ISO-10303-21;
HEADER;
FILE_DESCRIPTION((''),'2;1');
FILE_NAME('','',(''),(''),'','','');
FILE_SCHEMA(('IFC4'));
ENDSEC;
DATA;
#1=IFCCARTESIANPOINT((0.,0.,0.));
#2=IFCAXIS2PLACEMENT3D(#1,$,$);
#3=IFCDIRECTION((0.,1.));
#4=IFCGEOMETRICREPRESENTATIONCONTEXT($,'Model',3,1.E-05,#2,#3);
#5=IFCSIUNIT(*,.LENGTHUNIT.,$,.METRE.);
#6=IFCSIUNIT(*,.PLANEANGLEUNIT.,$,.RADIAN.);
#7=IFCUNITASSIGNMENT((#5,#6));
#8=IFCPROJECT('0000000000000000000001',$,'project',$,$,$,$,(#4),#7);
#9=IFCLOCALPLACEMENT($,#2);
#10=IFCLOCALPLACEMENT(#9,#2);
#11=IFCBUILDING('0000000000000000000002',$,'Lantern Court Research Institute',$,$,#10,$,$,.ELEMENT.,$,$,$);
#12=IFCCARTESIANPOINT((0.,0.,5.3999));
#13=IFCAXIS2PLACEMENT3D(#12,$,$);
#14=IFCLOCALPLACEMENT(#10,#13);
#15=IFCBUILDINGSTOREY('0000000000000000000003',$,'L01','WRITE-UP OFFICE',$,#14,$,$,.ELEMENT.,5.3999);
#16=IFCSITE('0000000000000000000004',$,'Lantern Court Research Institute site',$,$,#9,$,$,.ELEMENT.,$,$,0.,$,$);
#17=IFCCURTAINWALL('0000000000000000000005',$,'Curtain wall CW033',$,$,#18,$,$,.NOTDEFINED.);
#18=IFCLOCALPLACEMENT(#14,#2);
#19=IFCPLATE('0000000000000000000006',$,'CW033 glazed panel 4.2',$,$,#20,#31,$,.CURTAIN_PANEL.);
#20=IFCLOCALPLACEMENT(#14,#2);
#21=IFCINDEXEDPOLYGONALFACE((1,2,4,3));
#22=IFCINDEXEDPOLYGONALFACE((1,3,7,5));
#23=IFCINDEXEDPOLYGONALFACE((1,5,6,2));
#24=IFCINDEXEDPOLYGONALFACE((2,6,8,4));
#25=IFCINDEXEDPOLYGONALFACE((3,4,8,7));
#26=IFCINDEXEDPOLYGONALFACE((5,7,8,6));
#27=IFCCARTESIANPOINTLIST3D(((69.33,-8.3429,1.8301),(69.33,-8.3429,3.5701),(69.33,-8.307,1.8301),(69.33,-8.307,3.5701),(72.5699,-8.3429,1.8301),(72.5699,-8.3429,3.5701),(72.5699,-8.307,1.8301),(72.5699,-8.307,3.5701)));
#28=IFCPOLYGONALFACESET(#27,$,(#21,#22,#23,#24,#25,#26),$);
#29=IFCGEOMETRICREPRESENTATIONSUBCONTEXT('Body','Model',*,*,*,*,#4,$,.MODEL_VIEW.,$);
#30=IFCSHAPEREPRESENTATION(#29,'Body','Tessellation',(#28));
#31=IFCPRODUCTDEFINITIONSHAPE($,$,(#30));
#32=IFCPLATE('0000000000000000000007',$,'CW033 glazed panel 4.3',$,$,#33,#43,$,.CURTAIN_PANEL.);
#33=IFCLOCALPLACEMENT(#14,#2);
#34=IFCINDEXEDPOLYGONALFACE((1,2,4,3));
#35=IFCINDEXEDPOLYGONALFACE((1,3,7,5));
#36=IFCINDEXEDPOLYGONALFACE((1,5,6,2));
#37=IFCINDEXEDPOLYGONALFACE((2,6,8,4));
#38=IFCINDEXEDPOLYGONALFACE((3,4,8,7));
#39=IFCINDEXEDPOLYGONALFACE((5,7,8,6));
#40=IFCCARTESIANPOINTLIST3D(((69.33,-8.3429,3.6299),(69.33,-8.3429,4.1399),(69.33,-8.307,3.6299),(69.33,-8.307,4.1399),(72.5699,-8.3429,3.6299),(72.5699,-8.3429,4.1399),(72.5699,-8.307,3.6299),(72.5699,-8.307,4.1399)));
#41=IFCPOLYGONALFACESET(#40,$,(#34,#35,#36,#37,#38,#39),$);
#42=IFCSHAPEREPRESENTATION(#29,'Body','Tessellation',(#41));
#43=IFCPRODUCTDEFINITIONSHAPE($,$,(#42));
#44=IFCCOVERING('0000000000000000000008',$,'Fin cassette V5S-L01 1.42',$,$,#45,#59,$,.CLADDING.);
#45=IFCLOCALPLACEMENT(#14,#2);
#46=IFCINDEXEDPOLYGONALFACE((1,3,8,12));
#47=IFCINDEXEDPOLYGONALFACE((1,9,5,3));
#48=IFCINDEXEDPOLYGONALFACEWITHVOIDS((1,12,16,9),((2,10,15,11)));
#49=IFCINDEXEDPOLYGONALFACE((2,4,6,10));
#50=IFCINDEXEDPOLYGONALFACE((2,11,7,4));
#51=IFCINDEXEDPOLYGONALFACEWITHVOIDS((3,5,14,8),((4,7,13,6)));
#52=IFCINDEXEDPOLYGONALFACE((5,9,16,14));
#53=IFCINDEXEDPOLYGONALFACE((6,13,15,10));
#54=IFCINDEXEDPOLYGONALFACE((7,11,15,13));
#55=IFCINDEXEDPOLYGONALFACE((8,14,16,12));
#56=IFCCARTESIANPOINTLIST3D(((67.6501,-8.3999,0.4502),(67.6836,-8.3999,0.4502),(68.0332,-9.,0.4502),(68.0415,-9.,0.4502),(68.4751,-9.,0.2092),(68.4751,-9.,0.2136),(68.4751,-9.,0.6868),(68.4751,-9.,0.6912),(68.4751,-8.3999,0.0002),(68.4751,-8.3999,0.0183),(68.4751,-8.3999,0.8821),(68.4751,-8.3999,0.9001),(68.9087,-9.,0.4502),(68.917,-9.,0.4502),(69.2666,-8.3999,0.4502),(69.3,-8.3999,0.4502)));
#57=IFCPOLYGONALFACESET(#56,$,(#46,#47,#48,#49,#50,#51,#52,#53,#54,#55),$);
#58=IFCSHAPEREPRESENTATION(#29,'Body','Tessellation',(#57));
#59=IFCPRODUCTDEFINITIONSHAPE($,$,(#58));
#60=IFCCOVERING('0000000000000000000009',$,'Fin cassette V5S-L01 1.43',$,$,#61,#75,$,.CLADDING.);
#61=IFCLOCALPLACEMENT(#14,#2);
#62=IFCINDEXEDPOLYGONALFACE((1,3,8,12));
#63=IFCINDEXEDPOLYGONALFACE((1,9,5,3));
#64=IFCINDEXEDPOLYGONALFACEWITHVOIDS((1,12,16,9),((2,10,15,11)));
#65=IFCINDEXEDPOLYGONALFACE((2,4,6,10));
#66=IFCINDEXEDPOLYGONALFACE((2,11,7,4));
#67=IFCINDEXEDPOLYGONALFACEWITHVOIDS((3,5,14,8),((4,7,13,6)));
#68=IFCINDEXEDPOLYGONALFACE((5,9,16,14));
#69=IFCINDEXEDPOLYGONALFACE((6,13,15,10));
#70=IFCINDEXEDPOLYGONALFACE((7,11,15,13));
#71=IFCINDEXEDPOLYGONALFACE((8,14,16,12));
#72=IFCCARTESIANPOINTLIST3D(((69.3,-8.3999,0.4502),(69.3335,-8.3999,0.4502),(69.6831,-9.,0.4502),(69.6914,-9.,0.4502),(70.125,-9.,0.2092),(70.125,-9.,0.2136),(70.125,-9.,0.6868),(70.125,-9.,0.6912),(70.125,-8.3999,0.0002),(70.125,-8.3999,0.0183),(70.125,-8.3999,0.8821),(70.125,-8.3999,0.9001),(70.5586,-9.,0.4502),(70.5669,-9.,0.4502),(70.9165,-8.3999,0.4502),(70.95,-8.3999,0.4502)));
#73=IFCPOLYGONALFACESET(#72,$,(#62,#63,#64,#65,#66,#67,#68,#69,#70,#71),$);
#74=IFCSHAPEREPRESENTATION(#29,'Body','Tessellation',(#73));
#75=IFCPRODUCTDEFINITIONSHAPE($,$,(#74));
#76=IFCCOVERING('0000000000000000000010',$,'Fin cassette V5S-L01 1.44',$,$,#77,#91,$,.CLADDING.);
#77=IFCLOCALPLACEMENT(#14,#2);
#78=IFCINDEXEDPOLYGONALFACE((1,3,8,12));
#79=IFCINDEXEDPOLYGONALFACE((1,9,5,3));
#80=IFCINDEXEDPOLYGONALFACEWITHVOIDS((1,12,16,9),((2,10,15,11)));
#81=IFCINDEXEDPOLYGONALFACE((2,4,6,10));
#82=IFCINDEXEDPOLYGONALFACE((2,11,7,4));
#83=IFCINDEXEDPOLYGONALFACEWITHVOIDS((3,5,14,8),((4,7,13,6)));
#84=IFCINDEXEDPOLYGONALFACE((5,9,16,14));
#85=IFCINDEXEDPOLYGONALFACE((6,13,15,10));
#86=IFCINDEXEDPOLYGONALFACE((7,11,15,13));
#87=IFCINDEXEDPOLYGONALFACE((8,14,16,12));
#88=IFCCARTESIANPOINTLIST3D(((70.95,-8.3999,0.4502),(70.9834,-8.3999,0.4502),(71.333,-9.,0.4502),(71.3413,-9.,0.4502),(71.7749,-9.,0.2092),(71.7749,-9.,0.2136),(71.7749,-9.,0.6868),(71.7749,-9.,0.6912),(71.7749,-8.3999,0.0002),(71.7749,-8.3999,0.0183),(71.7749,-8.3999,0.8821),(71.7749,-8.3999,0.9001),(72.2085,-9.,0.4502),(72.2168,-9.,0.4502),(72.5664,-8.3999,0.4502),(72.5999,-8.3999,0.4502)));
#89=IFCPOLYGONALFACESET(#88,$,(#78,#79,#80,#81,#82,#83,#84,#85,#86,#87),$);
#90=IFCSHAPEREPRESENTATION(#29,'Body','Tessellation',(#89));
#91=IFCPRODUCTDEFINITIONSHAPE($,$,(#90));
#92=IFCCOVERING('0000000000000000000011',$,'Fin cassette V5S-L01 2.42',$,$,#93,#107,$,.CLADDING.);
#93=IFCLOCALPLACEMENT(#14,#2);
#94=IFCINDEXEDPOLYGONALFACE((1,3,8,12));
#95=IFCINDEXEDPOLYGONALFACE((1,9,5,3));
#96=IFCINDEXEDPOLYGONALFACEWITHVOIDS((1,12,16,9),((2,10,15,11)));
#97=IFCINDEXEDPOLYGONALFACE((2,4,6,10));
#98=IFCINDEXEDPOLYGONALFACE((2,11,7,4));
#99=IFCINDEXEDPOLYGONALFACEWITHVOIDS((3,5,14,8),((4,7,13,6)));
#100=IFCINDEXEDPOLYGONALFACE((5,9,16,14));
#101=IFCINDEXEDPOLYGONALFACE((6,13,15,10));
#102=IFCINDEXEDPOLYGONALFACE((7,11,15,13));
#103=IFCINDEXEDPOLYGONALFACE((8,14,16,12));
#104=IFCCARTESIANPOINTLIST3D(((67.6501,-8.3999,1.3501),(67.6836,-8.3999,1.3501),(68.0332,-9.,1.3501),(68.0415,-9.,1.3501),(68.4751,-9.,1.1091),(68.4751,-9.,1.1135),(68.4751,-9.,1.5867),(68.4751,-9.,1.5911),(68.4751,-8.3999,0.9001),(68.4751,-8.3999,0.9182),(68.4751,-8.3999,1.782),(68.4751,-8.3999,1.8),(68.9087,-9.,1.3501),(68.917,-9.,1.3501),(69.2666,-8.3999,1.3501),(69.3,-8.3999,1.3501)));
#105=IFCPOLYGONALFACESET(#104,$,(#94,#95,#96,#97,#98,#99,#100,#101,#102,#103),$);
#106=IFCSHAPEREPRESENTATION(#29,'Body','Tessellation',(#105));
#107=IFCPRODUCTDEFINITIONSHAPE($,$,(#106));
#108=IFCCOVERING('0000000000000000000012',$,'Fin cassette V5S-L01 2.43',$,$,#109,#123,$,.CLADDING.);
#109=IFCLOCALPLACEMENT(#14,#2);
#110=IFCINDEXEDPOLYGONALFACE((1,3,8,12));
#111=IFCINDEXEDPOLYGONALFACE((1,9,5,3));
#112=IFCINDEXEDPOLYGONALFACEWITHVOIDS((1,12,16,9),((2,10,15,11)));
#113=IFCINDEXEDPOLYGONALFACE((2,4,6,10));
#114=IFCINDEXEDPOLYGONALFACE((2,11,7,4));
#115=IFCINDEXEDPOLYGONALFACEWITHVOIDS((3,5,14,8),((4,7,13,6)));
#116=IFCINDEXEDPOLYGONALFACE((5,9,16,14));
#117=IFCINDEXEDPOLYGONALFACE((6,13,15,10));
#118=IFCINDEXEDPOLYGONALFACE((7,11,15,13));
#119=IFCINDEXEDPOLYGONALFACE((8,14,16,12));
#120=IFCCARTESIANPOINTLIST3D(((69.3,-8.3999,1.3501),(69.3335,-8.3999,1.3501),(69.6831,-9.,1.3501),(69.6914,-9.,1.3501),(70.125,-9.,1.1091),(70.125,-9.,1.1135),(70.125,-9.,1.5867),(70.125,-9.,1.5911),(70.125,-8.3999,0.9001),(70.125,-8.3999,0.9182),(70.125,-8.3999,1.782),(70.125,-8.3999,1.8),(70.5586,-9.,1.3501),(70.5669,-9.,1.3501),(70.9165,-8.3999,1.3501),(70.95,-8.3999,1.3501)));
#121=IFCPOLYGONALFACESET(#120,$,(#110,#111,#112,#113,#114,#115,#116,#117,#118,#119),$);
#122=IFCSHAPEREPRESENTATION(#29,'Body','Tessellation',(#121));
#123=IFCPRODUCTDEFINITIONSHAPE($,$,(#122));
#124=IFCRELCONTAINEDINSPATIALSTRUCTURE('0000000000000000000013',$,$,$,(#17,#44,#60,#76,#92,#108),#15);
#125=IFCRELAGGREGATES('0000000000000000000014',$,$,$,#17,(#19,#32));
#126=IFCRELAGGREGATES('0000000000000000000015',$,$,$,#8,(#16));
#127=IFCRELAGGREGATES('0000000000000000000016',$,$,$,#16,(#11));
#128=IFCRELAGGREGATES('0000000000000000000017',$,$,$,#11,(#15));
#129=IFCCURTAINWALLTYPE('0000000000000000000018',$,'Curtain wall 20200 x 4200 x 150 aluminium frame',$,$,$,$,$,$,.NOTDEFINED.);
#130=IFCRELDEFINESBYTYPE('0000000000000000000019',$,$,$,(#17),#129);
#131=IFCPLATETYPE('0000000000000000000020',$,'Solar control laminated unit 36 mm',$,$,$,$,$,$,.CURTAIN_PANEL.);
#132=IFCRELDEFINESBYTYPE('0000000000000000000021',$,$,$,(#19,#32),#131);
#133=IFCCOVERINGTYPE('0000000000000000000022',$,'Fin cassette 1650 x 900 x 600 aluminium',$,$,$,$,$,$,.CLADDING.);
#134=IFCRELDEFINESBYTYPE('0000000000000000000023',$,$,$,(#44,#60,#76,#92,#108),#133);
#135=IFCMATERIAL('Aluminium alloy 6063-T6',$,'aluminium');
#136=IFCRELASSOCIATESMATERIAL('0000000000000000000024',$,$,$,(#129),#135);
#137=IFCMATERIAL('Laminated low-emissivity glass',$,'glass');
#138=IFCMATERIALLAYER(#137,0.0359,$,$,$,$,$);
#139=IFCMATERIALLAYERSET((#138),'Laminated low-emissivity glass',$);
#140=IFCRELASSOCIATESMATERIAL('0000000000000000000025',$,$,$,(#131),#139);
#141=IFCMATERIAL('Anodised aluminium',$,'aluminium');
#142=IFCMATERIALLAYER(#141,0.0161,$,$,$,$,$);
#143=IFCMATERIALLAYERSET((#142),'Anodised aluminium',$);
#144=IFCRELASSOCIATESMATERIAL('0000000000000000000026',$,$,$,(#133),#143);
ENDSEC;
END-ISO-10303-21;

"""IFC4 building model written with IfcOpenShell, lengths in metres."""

from ifc_helpers import new_model, entity, si_unit, direction, frame, origin, origin_2d, place, context, subcontext, project, spatial, rectangle, extrude, material, layer, layer_set, type_object, element, aggregate, save


model = new_model("IFC4")

# Units and contexts
model_context = context("Model", 3, precision=1e-05, world=origin(), true_north=direction((0.0, 1.0)))
body_context = subcontext(model_context, "Body", "Model", "MODEL_VIEW")
ifc_project = project(units=[si_unit("LENGTHUNIT", "METRE"), si_unit("PLANEANGLEUNIT", "RADIAN")], contexts=[model_context])

# Site, building, storey
site_placement = place(None, origin())
site = spatial("IfcSite", under=ifc_project, at=site_placement, Name="Lantern Court Research Institute site", CompositionType="ELEMENT", RefElevation=0.0)
building_placement = place(site_placement, origin())
building = spatial("IfcBuilding", under=site, at=building_placement, Name="Lantern Court Research Institute", CompositionType="ELEMENT")
storey_placement = place(building_placement, frame((0.0, 0.0, 5.3999)))
storey = spatial("IfcBuildingStorey", under=building, at=storey_placement, Name="L01", Description="WRITE-UP OFFICE", CompositionType="ELEMENT", Elevation=5.3999)

# Curtain wall, plates
ifc_material_1 = material(Name="Aluminium alloy 6063-T6", Category="aluminium")
curtain_wall_type = type_object("IfcCurtainWallType", Name="Curtain wall 20200 x 4200 x 150 aluminium frame", PredefinedType="NOTDEFINED", material=ifc_material_1)
curtain_wall_placement = place(storey_placement, origin())
curtain_wall = element("IfcCurtainWall", 1, at=curtain_wall_placement, inside=storey, type_object=curtain_wall_type, Name="Curtain wall CW033", PredefinedType="NOTDEFINED")
ifc_material_2 = material(Name="Laminated low-emissivity glass", Category="glass")
ifc_layer_1 = layer(ifc_material_2, 0.0359)
ifc_layer_set_1 = layer_set([ifc_layer_1], Name="Laminated low-emissivity glass")
plate_type_1 = type_object("IfcPlateType", Name="Solar control laminated unit 36 mm", PredefinedType="CURTAIN_PANEL", material=ifc_layer_set_1)
plate_1_placement = place(storey_placement, frame((70.95, -8.325, 1.8301), z_axis=(0.0, 0.0, 1.0), x_axis=(-1.0, 0.0, 0.0)))
plate_1 = element("IfcPlate", 2, at=plate_1_placement, type_object=plate_type_1, Name="CW033 glazed panel 4.2", PredefinedType="CURTAIN_PANEL", context=body_context, shape_type="SweptSolid", body=[
    extrude(rectangle(XDim=3.24, YDim=0.0359, at=origin_2d()), origin(), (0.0, 0.0, 1.0), 1.74),
])
plate_2_placement = place(storey_placement, frame((70.95, -8.325, 3.6299), z_axis=(0.0, 0.0, 1.0), x_axis=(-1.0, 0.0, 0.0)))
plate_2 = element("IfcPlate", 3, at=plate_2_placement, type_object=plate_type_1, Name="CW033 glazed panel 4.3", PredefinedType="CURTAIN_PANEL", context=body_context, shape_type="SweptSolid", body=[
    extrude(rectangle(XDim=3.24, YDim=0.0359, at=origin_2d()), origin(), (0.0, 0.0, 1.0), 0.51),
])
aggregate(curtain_wall, [plate_1, plate_2])

# Coverings
ifc_material_3 = material(Name="Anodised aluminium", Category="aluminium")
ifc_layer_2 = layer(ifc_material_3, 0.0161)
ifc_layer_set_2 = layer_set([ifc_layer_2], Name="Anodised aluminium")
covering_type = type_object("IfcCoveringType", Name="Fin cassette 1650 x 900 x 600 aluminium", PredefinedType="CLADDING", material=ifc_layer_set_2)
covering_1_placement = place(storey_placement, frame((68.4751, -8.3999, 0.4502), z_axis=(0.0, -1.0, 0.0), x_axis=(1.0, 0.0, 0.0)))
cartesian_point_1 = entity("IfcCartesianPoint", [0.825, 0.0])
cartesian_point_2 = entity("IfcCartesianPoint", [0.7915, 0.0])
cartesian_point_3 = entity("IfcCartesianPoint", [0.4419, 0.0])
cartesian_point_4 = entity("IfcCartesianPoint", [0.4336, 0.0])
element("IfcCovering", 4, at=covering_1_placement, inside=storey, type_object=covering_type, Name="Fin cassette V5S-L01 1.42", PredefinedType="CLADDING", context=body_context, shape_type="SweptSolid", body=[
    entity("IfcExtrudedAreaSolidTapered", entity("IfcArbitraryProfileDefWithVoids", "AREA", None, entity("IfcPolyline", [cartesian_point_1, entity("IfcCartesianPoint", [0.0, 0.45]), entity("IfcCartesianPoint", [-0.825, 0.0]), entity("IfcCartesianPoint", [0.0, -0.45]), cartesian_point_1]), [entity("IfcPolyline", [cartesian_point_2, entity("IfcCartesianPoint", [0.0, 0.4319]), entity("IfcCartesianPoint", [-0.7915, 0.0]), entity("IfcCartesianPoint", [0.0, -0.4319]), cartesian_point_2])]), entity("IfcAxis2Placement3D", entity("IfcCartesianPoint", [0.0, 0.0, 0.0])), entity("IfcDirection", [0.0, 0.0, 1.0]), 0.6001, entity("IfcArbitraryProfileDefWithVoids", "AREA", None, entity("IfcPolyline", [cartesian_point_3, entity("IfcCartesianPoint", [0.0, 0.241]), entity("IfcCartesianPoint", [-0.4419, 0.0]), entity("IfcCartesianPoint", [0.0, -0.241]), cartesian_point_3]), [entity("IfcPolyline", [cartesian_point_4, entity("IfcCartesianPoint", [0.0, 0.2366]), entity("IfcCartesianPoint", [-0.4336, 0.0]), entity("IfcCartesianPoint", [0.0, -0.2366]), cartesian_point_4])])),
])
covering_2_placement = place(storey_placement, frame((70.125, -8.3999, 0.4502), z_axis=(0.0, -1.0, 0.0), x_axis=(1.0, 0.0, 0.0)))
cartesian_point_5 = entity("IfcCartesianPoint", [0.825, 0.0])
cartesian_point_6 = entity("IfcCartesianPoint", [0.7915, 0.0])
cartesian_point_7 = entity("IfcCartesianPoint", [0.4419, 0.0])
cartesian_point_8 = entity("IfcCartesianPoint", [0.4336, 0.0])
element("IfcCovering", 5, at=covering_2_placement, inside=storey, type_object=covering_type, Name="Fin cassette V5S-L01 1.43", PredefinedType="CLADDING", context=body_context, shape_type="SweptSolid", body=[
    entity("IfcExtrudedAreaSolidTapered", entity("IfcArbitraryProfileDefWithVoids", "AREA", None, entity("IfcPolyline", [cartesian_point_5, entity("IfcCartesianPoint", [0.0, 0.45]), entity("IfcCartesianPoint", [-0.825, 0.0]), entity("IfcCartesianPoint", [0.0, -0.45]), cartesian_point_5]), [entity("IfcPolyline", [cartesian_point_6, entity("IfcCartesianPoint", [0.0, 0.4319]), entity("IfcCartesianPoint", [-0.7915, 0.0]), entity("IfcCartesianPoint", [0.0, -0.4319]), cartesian_point_6])]), entity("IfcAxis2Placement3D", entity("IfcCartesianPoint", [0.0, 0.0, 0.0])), entity("IfcDirection", [0.0, 0.0, 1.0]), 0.6001, entity("IfcArbitraryProfileDefWithVoids", "AREA", None, entity("IfcPolyline", [cartesian_point_7, entity("IfcCartesianPoint", [0.0, 0.241]), entity("IfcCartesianPoint", [-0.4419, 0.0]), entity("IfcCartesianPoint", [0.0, -0.241]), cartesian_point_7]), [entity("IfcPolyline", [cartesian_point_8, entity("IfcCartesianPoint", [0.0, 0.2366]), entity("IfcCartesianPoint", [-0.4336, 0.0]), entity("IfcCartesianPoint", [0.0, -0.2366]), cartesian_point_8])])),
])
covering_3_placement = place(storey_placement, frame((71.7749, -8.3999, 0.4502), z_axis=(0.0, -1.0, 0.0), x_axis=(1.0, 0.0, 0.0)))
cartesian_point_9 = entity("IfcCartesianPoint", [0.825, 0.0])
cartesian_point_10 = entity("IfcCartesianPoint", [0.7915, 0.0])
cartesian_point_11 = entity("IfcCartesianPoint", [0.4419, 0.0])
cartesian_point_12 = entity("IfcCartesianPoint", [0.4336, 0.0])
element("IfcCovering", 6, at=covering_3_placement, inside=storey, type_object=covering_type, Name="Fin cassette V5S-L01 1.44", PredefinedType="CLADDING", context=body_context, shape_type="SweptSolid", body=[
    entity("IfcExtrudedAreaSolidTapered", entity("IfcArbitraryProfileDefWithVoids", "AREA", None, entity("IfcPolyline", [cartesian_point_9, entity("IfcCartesianPoint", [0.0, 0.45]), entity("IfcCartesianPoint", [-0.825, 0.0]), entity("IfcCartesianPoint", [0.0, -0.45]), cartesian_point_9]), [entity("IfcPolyline", [cartesian_point_10, entity("IfcCartesianPoint", [0.0, 0.4319]), entity("IfcCartesianPoint", [-0.7915, 0.0]), entity("IfcCartesianPoint", [0.0, -0.4319]), cartesian_point_10])]), entity("IfcAxis2Placement3D", entity("IfcCartesianPoint", [0.0, 0.0, 0.0])), entity("IfcDirection", [0.0, 0.0, 1.0]), 0.6001, entity("IfcArbitraryProfileDefWithVoids", "AREA", None, entity("IfcPolyline", [cartesian_point_11, entity("IfcCartesianPoint", [0.0, 0.241]), entity("IfcCartesianPoint", [-0.4419, 0.0]), entity("IfcCartesianPoint", [0.0, -0.241]), cartesian_point_11]), [entity("IfcPolyline", [cartesian_point_12, entity("IfcCartesianPoint", [0.0, 0.2366]), entity("IfcCartesianPoint", [-0.4336, 0.0]), entity("IfcCartesianPoint", [0.0, -0.2366]), cartesian_point_12])])),
])
covering_4_placement = place(storey_placement, frame((68.4751, -8.3999, 1.3501), z_axis=(0.0, -1.0, 0.0), x_axis=(1.0, 0.0, 0.0)))
cartesian_point_13 = entity("IfcCartesianPoint", [0.825, 0.0])
cartesian_point_14 = entity("IfcCartesianPoint", [0.7915, 0.0])
cartesian_point_15 = entity("IfcCartesianPoint", [0.4419, 0.0])
cartesian_point_16 = entity("IfcCartesianPoint", [0.4336, 0.0])
element("IfcCovering", 7, at=covering_4_placement, inside=storey, type_object=covering_type, Name="Fin cassette V5S-L01 2.42", PredefinedType="CLADDING", context=body_context, shape_type="SweptSolid", body=[
    entity("IfcExtrudedAreaSolidTapered", entity("IfcArbitraryProfileDefWithVoids", "AREA", None, entity("IfcPolyline", [cartesian_point_13, entity("IfcCartesianPoint", [0.0, 0.45]), entity("IfcCartesianPoint", [-0.825, 0.0]), entity("IfcCartesianPoint", [0.0, -0.45]), cartesian_point_13]), [entity("IfcPolyline", [cartesian_point_14, entity("IfcCartesianPoint", [0.0, 0.4319]), entity("IfcCartesianPoint", [-0.7915, 0.0]), entity("IfcCartesianPoint", [0.0, -0.4319]), cartesian_point_14])]), entity("IfcAxis2Placement3D", entity("IfcCartesianPoint", [0.0, 0.0, 0.0])), entity("IfcDirection", [0.0, 0.0, 1.0]), 0.6001, entity("IfcArbitraryProfileDefWithVoids", "AREA", None, entity("IfcPolyline", [cartesian_point_15, entity("IfcCartesianPoint", [0.0, 0.241]), entity("IfcCartesianPoint", [-0.4419, 0.0]), entity("IfcCartesianPoint", [0.0, -0.241]), cartesian_point_15]), [entity("IfcPolyline", [cartesian_point_16, entity("IfcCartesianPoint", [0.0, 0.2366]), entity("IfcCartesianPoint", [-0.4336, 0.0]), entity("IfcCartesianPoint", [0.0, -0.2366]), cartesian_point_16])])),
])
covering_5_placement = place(storey_placement, frame((70.125, -8.3999, 1.3501), z_axis=(0.0, -1.0, 0.0), x_axis=(1.0, 0.0, 0.0)))
cartesian_point_17 = entity("IfcCartesianPoint", [0.825, 0.0])
cartesian_point_18 = entity("IfcCartesianPoint", [0.7915, 0.0])
cartesian_point_19 = entity("IfcCartesianPoint", [0.4419, 0.0])
cartesian_point_20 = entity("IfcCartesianPoint", [0.4336, 0.0])
element("IfcCovering", 8, at=covering_5_placement, inside=storey, type_object=covering_type, Name="Fin cassette V5S-L01 2.43", PredefinedType="CLADDING", context=body_context, shape_type="SweptSolid", body=[
    entity("IfcExtrudedAreaSolidTapered", entity("IfcArbitraryProfileDefWithVoids", "AREA", None, entity("IfcPolyline", [cartesian_point_17, entity("IfcCartesianPoint", [0.0, 0.45]), entity("IfcCartesianPoint", [-0.825, 0.0]), entity("IfcCartesianPoint", [0.0, -0.45]), cartesian_point_17]), [entity("IfcPolyline", [cartesian_point_18, entity("IfcCartesianPoint", [0.0, 0.4319]), entity("IfcCartesianPoint", [-0.7915, 0.0]), entity("IfcCartesianPoint", [0.0, -0.4319]), cartesian_point_18])]), entity("IfcAxis2Placement3D", entity("IfcCartesianPoint", [0.0, 0.0, 0.0])), entity("IfcDirection", [0.0, 0.0, 1.0]), 0.6001, entity("IfcArbitraryProfileDefWithVoids", "AREA", None, entity("IfcPolyline", [cartesian_point_19, entity("IfcCartesianPoint", [0.0, 0.241]), entity("IfcCartesianPoint", [-0.4419, 0.0]), entity("IfcCartesianPoint", [0.0, -0.241]), cartesian_point_19]), [entity("IfcPolyline", [cartesian_point_20, entity("IfcCartesianPoint", [0.0, 0.2366]), entity("IfcCartesianPoint", [-0.4336, 0.0]), entity("IfcCartesianPoint", [0.0, -0.2366]), cartesian_point_20])])),
])

save(model, "model.ifc")
